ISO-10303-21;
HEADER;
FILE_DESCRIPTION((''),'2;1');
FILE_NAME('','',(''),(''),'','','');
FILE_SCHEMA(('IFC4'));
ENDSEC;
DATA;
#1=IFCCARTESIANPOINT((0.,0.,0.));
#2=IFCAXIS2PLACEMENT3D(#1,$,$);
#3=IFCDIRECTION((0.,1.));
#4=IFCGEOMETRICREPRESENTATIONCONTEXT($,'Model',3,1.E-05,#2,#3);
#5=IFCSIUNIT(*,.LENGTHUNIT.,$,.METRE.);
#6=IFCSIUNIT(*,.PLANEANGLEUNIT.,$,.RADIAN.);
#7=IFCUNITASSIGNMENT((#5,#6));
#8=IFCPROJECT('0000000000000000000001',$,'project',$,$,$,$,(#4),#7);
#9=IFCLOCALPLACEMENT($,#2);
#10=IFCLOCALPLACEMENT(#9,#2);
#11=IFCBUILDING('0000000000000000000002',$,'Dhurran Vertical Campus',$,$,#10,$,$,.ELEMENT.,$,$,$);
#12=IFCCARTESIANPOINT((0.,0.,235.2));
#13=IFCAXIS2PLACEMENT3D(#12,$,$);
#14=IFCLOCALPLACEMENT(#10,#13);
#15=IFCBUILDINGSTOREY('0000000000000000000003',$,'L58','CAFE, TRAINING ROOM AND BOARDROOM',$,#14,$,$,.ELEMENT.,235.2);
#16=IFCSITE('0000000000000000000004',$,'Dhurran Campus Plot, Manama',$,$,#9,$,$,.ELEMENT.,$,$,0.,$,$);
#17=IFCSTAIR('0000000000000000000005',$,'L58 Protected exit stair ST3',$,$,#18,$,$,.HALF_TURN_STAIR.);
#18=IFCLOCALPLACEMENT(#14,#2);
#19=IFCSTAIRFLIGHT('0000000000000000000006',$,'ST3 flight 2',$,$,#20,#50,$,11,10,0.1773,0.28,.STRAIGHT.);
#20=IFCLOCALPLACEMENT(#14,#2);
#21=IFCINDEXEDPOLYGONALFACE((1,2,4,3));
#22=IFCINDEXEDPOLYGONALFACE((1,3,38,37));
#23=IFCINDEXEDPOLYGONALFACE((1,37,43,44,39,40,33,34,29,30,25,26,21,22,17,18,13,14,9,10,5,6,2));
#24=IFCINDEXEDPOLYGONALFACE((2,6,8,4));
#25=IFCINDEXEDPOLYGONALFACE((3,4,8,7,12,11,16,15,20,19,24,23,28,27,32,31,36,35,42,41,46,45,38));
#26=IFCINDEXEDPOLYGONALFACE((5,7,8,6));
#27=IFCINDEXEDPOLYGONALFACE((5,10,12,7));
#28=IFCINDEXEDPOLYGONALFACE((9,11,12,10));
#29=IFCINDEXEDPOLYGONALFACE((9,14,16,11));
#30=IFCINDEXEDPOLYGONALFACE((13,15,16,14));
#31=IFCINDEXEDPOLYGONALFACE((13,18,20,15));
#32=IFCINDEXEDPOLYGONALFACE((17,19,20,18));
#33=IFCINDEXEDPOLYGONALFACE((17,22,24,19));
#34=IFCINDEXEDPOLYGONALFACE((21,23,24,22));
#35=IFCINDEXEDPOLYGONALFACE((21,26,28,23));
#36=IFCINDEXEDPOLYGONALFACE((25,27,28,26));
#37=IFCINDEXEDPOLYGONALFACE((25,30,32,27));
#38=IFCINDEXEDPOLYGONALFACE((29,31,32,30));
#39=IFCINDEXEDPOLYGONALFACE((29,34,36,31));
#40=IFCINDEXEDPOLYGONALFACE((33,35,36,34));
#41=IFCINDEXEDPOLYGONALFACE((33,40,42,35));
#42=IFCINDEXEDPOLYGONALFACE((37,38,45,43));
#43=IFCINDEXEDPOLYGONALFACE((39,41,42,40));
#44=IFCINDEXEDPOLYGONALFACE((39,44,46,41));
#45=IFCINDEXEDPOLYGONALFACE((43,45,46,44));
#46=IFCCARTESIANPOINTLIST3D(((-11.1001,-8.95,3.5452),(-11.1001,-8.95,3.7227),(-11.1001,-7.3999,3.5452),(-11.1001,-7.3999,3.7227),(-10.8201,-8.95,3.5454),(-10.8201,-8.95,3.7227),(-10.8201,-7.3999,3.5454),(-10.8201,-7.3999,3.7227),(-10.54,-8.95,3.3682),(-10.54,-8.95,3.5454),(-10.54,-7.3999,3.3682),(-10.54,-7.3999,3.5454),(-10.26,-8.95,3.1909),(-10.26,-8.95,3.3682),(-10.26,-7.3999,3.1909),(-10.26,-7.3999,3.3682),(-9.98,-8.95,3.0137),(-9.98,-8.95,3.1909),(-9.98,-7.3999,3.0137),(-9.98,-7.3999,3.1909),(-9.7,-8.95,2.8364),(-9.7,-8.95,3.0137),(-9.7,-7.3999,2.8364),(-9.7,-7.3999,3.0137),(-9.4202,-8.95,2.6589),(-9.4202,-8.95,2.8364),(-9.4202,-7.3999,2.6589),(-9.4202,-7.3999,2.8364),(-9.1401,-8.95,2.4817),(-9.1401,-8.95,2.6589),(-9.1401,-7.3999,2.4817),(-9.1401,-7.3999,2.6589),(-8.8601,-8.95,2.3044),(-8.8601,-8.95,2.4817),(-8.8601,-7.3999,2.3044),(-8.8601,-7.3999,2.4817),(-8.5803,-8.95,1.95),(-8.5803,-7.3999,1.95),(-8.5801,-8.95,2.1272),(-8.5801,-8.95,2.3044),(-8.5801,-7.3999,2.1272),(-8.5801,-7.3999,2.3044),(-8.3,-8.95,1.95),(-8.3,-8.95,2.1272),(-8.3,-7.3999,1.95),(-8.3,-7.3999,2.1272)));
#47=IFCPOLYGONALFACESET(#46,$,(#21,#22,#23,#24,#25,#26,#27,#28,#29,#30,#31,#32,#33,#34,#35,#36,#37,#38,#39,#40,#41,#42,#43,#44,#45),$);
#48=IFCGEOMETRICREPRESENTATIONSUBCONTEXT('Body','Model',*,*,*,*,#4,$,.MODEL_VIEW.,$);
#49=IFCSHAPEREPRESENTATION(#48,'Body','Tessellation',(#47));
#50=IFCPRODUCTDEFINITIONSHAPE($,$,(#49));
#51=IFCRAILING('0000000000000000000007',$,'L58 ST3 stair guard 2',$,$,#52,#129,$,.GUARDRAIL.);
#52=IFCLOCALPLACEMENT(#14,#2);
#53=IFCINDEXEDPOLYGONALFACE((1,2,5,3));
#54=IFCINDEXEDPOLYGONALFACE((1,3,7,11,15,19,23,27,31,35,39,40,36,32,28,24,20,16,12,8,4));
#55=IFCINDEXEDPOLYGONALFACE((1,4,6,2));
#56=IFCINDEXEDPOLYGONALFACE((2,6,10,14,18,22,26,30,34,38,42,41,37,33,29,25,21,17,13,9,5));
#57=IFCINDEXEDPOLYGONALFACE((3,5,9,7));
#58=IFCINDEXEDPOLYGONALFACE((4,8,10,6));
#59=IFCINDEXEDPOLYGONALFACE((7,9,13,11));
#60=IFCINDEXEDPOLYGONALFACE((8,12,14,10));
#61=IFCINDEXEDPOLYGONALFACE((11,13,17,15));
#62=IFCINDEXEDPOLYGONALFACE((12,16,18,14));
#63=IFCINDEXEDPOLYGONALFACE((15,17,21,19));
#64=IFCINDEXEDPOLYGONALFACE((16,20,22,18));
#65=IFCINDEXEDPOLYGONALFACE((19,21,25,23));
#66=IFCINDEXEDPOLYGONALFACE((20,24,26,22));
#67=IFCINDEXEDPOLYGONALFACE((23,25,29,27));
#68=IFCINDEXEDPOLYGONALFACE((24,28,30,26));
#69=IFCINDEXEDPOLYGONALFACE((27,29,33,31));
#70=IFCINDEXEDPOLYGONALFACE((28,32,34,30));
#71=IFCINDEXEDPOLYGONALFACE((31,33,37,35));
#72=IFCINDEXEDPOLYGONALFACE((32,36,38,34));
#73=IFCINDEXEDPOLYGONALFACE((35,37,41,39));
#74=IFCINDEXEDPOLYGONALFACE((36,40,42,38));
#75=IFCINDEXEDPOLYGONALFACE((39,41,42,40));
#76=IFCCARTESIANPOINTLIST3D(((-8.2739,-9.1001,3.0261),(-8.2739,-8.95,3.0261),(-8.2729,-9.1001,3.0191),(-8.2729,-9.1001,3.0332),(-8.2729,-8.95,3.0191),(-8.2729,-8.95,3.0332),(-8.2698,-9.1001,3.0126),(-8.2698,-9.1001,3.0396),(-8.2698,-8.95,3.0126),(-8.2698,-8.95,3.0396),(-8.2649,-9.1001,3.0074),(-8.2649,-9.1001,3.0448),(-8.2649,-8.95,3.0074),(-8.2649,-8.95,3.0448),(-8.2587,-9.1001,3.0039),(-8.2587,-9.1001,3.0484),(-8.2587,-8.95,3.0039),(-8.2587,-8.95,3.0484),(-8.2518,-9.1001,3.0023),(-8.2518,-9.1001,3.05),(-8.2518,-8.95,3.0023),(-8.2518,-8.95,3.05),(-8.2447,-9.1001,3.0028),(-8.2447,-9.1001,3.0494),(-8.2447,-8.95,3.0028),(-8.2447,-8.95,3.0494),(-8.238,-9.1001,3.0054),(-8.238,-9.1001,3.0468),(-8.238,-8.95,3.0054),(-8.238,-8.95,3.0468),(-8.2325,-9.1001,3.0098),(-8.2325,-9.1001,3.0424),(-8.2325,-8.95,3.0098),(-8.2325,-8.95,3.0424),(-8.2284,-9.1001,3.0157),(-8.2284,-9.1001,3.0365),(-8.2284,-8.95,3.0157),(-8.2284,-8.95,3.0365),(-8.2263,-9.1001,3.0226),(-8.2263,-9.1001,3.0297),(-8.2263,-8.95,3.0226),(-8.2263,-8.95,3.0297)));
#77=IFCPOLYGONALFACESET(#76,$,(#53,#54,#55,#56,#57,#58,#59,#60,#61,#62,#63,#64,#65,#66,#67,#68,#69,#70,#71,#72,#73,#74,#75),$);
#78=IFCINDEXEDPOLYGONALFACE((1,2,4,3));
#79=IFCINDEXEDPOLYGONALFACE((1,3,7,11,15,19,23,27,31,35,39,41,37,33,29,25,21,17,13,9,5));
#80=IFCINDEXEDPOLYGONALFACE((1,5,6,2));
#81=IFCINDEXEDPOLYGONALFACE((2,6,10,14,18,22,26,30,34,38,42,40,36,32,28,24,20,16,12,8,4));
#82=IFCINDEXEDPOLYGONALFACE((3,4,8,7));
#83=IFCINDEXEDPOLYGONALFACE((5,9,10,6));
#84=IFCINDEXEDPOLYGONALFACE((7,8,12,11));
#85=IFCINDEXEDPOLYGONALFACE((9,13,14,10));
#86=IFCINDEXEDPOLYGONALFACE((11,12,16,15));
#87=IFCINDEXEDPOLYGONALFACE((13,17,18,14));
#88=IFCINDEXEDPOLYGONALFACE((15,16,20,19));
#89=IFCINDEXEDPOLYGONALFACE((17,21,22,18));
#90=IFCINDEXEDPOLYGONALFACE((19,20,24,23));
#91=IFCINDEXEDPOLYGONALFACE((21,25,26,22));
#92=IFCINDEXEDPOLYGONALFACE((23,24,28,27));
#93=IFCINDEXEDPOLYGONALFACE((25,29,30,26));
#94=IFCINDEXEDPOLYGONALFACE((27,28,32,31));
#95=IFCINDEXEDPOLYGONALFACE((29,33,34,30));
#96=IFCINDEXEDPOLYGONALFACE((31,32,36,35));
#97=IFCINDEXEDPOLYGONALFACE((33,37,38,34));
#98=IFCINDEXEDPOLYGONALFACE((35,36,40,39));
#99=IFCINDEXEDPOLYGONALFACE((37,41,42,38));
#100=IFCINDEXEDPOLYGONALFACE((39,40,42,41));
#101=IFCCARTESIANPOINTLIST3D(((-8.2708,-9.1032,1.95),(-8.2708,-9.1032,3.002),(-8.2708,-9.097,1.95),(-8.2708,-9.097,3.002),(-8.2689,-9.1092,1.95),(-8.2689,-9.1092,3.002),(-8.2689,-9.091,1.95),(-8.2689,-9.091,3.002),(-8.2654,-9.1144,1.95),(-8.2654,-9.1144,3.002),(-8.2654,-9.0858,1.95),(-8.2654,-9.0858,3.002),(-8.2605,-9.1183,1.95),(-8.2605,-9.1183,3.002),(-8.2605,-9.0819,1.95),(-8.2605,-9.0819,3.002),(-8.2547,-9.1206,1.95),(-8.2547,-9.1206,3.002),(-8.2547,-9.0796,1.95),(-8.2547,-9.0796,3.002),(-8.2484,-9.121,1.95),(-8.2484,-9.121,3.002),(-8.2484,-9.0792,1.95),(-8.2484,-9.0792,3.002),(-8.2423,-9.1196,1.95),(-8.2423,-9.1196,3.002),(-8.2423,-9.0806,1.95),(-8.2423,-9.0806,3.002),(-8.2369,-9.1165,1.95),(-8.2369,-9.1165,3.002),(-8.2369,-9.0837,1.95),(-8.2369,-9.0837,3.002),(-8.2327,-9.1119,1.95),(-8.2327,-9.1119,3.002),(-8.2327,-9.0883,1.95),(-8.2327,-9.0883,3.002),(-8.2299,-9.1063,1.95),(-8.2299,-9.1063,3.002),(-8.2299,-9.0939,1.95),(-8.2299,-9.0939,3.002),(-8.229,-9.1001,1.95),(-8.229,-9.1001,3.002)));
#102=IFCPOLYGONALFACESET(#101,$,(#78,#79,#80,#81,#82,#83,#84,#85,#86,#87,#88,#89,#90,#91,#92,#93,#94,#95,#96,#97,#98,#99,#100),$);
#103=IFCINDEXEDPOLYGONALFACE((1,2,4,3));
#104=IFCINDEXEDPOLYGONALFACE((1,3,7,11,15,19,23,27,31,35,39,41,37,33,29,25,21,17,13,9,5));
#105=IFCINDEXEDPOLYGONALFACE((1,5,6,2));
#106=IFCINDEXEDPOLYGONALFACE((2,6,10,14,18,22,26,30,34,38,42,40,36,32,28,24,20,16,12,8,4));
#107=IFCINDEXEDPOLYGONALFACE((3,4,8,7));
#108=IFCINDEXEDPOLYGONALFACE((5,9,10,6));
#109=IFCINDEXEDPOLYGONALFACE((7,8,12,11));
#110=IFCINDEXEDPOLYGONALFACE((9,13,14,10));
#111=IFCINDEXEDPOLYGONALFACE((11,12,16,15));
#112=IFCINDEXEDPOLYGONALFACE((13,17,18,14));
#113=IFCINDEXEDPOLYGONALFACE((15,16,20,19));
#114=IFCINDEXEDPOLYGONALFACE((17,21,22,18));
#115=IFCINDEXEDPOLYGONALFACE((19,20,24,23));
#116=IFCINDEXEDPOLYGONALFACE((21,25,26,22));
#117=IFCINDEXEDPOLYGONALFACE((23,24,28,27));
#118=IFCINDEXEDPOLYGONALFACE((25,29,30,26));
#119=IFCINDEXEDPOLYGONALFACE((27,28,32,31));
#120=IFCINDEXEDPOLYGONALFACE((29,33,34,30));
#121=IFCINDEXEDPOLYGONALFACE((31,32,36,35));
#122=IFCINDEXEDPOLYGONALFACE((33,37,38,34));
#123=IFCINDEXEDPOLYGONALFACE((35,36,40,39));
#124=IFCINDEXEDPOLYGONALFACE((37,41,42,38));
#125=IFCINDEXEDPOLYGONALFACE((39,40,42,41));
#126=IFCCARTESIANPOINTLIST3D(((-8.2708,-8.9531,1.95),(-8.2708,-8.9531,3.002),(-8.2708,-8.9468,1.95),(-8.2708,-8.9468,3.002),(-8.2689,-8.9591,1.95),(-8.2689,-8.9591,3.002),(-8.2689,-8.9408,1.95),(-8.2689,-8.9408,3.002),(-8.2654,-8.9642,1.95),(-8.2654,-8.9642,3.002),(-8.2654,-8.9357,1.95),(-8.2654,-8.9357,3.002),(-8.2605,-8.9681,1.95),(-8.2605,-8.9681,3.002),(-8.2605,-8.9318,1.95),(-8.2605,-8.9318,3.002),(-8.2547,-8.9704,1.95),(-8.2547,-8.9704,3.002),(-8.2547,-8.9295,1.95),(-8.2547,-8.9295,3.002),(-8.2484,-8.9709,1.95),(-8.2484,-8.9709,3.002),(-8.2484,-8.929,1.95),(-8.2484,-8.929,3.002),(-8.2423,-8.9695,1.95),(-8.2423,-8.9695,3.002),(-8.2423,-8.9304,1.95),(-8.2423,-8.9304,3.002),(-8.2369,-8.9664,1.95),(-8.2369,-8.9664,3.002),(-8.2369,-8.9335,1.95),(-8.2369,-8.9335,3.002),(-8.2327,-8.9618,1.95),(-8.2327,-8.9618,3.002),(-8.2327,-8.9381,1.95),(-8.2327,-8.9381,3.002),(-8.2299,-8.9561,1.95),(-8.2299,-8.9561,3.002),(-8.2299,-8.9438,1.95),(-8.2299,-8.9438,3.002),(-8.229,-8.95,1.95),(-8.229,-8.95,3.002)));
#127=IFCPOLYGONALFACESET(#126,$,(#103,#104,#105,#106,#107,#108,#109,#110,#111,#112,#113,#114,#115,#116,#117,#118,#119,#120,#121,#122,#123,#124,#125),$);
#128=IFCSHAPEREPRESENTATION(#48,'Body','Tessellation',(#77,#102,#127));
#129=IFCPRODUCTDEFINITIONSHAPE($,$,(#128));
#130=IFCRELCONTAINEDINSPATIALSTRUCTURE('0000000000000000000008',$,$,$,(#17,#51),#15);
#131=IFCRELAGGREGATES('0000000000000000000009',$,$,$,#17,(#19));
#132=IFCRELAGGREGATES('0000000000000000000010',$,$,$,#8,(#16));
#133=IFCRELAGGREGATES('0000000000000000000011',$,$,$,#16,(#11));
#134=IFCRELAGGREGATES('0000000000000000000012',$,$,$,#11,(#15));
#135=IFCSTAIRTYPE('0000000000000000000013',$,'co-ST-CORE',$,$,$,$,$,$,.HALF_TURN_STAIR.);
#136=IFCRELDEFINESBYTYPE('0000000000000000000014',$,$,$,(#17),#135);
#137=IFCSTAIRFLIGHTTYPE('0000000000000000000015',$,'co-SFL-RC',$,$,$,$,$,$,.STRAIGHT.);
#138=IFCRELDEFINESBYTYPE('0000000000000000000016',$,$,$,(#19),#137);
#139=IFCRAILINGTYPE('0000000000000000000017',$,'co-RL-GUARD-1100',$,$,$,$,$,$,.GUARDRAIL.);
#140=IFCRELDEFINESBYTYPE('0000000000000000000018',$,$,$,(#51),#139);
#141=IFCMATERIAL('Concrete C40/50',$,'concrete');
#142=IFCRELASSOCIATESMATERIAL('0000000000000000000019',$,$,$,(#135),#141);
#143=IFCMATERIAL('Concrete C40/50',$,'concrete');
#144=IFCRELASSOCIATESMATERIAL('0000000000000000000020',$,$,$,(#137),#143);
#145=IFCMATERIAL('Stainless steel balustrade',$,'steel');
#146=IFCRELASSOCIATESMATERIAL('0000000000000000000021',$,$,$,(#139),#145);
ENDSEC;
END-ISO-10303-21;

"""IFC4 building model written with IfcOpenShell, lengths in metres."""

from ifc_helpers import new_model, si_unit, direction, frame, origin, origin_2d, place, context, subcontext, project, spatial, polyline, circle, outline, extrude, material, type_object, element, aggregate, save


model = new_model("IFC4")

# Units and contexts
model_context = context("Model", 3, precision=1e-05, world=origin(), true_north=direction((0.0, 1.0)))
body_context = subcontext(model_context, "Body", "Model", "MODEL_VIEW")
ifc_project = project(units=[si_unit("LENGTHUNIT", "METRE"), si_unit("PLANEANGLEUNIT", "RADIAN")], contexts=[model_context])

# Site, building, storey
site_placement = place(None, origin())
site = spatial("IfcSite", under=ifc_project, at=site_placement, Name="Dhurran Campus Plot, Manama", CompositionType="ELEMENT", RefElevation=0.0)
building_placement = place(site_placement, origin())
building = spatial("IfcBuilding", under=site, at=building_placement, Name="Dhurran Vertical Campus", CompositionType="ELEMENT")
storey_placement = place(building_placement, frame((0.0, 0.0, 235.2)))
storey = spatial("IfcBuildingStorey", under=building, at=storey_placement, Name="L58", Description="CAFE, TRAINING ROOM AND BOARDROOM", CompositionType="ELEMENT", Elevation=235.2)

# Stair, stair flight
ifc_material_1 = material(Name="Concrete C40/50", Category="concrete")
stair_type = type_object("IfcStairType", Name="co-ST-CORE", PredefinedType="HALF_TURN_STAIR", material=ifc_material_1)
stair_placement = place(storey_placement, origin())
stair = element("IfcStair", 1, at=stair_placement, inside=storey, type_object=stair_type, Name="L58 Protected exit stair ST3", PredefinedType="HALF_TURN_STAIR")
ifc_material_2 = material(Name="Concrete C40/50", Category="concrete")
stair_flight_type = type_object("IfcStairFlightType", Name="co-SFL-RC", PredefinedType="STRAIGHT", material=ifc_material_2)
stair_flight_placement = place(storey_placement, frame((-8.3, -8.175, 1.95), z_axis=(0.0, 0.0, 1.0), x_axis=(-1.0, 0.0, 0.0)))
stair_flight = element("IfcStairFlight", 2, at=stair_flight_placement, type_object=stair_flight_type, Name="ST3 flight 2", NumberOfRisers=11, NumberOfTreads=10, PredefinedType="STRAIGHT", RiserHeight=0.1773, TreadLength=0.28, context=body_context, shape_type="SweptSolid", body=[
    extrude(outline(polyline([(0.0, 0.0), (0.0, 0.1772), (0.28, 0.1772), (0.28, 0.3545), (0.5601, 0.3545), (0.5601, 0.5317), (0.8401, 0.5317), (0.8401, 0.709), (1.1201, 0.709), (1.1201, 0.8865), (1.3999, 0.8865), (1.3999, 1.0637), (1.6799, 1.0637), (1.6799, 1.241), (1.96, 1.241), (1.96, 1.4182), (2.24, 1.4182), (2.24, 1.5955), (2.52, 1.5955), (2.52, 1.7727), (2.8, 1.7727), (2.8, 1.95), (2.8, 1.5952), (0.2803, 0.0), (0.0, 0.0)])), frame((0.0, 0.7749, 0.0), z_axis=(0.0, -1.0, 0.0), x_axis=(1.0, 0.0, 0.0)), (0.0, 0.0, 1.0), 1.55),
])
aggregate(stair, [stair_flight])

# Railing
ifc_material_3 = material(Name="Stainless steel balustrade", Category="steel")
railing_type_1 = type_object("IfcRailingType", Name="co-RL-GUARD-1100", PredefinedType="GUARDRAIL", material=ifc_material_3)
railing_1_placement = place(storey_placement, frame((-8.25, -9.1001, 1.95)))
element("IfcRailing", 3, at=railing_1_placement, inside=storey, type_object=railing_type_1, Name="L58 ST3 stair guard 2", PredefinedType="GUARDRAIL", context=body_context, shape_type="SweptSolid", body=[
    extrude(circle(Radius=0.0239, at=origin_2d()), frame((0.0, 0.0, 1.0762), z_axis=(0.0, 1.0, 0.0), x_axis=(-1.0, 0.0, 0.0)), (0.0, 0.0, 1.0), 0.1501),
    extrude(circle(Radius=0.021, at=origin_2d()), origin(), (0.0, 0.0, 1.0), 1.052),
    extrude(circle(Radius=0.021, at=origin_2d()), frame((0.0, 0.1501, 0.0)), (0.0, 0.0, 1.0), 1.052),
])

save(model, "model.ifc")
